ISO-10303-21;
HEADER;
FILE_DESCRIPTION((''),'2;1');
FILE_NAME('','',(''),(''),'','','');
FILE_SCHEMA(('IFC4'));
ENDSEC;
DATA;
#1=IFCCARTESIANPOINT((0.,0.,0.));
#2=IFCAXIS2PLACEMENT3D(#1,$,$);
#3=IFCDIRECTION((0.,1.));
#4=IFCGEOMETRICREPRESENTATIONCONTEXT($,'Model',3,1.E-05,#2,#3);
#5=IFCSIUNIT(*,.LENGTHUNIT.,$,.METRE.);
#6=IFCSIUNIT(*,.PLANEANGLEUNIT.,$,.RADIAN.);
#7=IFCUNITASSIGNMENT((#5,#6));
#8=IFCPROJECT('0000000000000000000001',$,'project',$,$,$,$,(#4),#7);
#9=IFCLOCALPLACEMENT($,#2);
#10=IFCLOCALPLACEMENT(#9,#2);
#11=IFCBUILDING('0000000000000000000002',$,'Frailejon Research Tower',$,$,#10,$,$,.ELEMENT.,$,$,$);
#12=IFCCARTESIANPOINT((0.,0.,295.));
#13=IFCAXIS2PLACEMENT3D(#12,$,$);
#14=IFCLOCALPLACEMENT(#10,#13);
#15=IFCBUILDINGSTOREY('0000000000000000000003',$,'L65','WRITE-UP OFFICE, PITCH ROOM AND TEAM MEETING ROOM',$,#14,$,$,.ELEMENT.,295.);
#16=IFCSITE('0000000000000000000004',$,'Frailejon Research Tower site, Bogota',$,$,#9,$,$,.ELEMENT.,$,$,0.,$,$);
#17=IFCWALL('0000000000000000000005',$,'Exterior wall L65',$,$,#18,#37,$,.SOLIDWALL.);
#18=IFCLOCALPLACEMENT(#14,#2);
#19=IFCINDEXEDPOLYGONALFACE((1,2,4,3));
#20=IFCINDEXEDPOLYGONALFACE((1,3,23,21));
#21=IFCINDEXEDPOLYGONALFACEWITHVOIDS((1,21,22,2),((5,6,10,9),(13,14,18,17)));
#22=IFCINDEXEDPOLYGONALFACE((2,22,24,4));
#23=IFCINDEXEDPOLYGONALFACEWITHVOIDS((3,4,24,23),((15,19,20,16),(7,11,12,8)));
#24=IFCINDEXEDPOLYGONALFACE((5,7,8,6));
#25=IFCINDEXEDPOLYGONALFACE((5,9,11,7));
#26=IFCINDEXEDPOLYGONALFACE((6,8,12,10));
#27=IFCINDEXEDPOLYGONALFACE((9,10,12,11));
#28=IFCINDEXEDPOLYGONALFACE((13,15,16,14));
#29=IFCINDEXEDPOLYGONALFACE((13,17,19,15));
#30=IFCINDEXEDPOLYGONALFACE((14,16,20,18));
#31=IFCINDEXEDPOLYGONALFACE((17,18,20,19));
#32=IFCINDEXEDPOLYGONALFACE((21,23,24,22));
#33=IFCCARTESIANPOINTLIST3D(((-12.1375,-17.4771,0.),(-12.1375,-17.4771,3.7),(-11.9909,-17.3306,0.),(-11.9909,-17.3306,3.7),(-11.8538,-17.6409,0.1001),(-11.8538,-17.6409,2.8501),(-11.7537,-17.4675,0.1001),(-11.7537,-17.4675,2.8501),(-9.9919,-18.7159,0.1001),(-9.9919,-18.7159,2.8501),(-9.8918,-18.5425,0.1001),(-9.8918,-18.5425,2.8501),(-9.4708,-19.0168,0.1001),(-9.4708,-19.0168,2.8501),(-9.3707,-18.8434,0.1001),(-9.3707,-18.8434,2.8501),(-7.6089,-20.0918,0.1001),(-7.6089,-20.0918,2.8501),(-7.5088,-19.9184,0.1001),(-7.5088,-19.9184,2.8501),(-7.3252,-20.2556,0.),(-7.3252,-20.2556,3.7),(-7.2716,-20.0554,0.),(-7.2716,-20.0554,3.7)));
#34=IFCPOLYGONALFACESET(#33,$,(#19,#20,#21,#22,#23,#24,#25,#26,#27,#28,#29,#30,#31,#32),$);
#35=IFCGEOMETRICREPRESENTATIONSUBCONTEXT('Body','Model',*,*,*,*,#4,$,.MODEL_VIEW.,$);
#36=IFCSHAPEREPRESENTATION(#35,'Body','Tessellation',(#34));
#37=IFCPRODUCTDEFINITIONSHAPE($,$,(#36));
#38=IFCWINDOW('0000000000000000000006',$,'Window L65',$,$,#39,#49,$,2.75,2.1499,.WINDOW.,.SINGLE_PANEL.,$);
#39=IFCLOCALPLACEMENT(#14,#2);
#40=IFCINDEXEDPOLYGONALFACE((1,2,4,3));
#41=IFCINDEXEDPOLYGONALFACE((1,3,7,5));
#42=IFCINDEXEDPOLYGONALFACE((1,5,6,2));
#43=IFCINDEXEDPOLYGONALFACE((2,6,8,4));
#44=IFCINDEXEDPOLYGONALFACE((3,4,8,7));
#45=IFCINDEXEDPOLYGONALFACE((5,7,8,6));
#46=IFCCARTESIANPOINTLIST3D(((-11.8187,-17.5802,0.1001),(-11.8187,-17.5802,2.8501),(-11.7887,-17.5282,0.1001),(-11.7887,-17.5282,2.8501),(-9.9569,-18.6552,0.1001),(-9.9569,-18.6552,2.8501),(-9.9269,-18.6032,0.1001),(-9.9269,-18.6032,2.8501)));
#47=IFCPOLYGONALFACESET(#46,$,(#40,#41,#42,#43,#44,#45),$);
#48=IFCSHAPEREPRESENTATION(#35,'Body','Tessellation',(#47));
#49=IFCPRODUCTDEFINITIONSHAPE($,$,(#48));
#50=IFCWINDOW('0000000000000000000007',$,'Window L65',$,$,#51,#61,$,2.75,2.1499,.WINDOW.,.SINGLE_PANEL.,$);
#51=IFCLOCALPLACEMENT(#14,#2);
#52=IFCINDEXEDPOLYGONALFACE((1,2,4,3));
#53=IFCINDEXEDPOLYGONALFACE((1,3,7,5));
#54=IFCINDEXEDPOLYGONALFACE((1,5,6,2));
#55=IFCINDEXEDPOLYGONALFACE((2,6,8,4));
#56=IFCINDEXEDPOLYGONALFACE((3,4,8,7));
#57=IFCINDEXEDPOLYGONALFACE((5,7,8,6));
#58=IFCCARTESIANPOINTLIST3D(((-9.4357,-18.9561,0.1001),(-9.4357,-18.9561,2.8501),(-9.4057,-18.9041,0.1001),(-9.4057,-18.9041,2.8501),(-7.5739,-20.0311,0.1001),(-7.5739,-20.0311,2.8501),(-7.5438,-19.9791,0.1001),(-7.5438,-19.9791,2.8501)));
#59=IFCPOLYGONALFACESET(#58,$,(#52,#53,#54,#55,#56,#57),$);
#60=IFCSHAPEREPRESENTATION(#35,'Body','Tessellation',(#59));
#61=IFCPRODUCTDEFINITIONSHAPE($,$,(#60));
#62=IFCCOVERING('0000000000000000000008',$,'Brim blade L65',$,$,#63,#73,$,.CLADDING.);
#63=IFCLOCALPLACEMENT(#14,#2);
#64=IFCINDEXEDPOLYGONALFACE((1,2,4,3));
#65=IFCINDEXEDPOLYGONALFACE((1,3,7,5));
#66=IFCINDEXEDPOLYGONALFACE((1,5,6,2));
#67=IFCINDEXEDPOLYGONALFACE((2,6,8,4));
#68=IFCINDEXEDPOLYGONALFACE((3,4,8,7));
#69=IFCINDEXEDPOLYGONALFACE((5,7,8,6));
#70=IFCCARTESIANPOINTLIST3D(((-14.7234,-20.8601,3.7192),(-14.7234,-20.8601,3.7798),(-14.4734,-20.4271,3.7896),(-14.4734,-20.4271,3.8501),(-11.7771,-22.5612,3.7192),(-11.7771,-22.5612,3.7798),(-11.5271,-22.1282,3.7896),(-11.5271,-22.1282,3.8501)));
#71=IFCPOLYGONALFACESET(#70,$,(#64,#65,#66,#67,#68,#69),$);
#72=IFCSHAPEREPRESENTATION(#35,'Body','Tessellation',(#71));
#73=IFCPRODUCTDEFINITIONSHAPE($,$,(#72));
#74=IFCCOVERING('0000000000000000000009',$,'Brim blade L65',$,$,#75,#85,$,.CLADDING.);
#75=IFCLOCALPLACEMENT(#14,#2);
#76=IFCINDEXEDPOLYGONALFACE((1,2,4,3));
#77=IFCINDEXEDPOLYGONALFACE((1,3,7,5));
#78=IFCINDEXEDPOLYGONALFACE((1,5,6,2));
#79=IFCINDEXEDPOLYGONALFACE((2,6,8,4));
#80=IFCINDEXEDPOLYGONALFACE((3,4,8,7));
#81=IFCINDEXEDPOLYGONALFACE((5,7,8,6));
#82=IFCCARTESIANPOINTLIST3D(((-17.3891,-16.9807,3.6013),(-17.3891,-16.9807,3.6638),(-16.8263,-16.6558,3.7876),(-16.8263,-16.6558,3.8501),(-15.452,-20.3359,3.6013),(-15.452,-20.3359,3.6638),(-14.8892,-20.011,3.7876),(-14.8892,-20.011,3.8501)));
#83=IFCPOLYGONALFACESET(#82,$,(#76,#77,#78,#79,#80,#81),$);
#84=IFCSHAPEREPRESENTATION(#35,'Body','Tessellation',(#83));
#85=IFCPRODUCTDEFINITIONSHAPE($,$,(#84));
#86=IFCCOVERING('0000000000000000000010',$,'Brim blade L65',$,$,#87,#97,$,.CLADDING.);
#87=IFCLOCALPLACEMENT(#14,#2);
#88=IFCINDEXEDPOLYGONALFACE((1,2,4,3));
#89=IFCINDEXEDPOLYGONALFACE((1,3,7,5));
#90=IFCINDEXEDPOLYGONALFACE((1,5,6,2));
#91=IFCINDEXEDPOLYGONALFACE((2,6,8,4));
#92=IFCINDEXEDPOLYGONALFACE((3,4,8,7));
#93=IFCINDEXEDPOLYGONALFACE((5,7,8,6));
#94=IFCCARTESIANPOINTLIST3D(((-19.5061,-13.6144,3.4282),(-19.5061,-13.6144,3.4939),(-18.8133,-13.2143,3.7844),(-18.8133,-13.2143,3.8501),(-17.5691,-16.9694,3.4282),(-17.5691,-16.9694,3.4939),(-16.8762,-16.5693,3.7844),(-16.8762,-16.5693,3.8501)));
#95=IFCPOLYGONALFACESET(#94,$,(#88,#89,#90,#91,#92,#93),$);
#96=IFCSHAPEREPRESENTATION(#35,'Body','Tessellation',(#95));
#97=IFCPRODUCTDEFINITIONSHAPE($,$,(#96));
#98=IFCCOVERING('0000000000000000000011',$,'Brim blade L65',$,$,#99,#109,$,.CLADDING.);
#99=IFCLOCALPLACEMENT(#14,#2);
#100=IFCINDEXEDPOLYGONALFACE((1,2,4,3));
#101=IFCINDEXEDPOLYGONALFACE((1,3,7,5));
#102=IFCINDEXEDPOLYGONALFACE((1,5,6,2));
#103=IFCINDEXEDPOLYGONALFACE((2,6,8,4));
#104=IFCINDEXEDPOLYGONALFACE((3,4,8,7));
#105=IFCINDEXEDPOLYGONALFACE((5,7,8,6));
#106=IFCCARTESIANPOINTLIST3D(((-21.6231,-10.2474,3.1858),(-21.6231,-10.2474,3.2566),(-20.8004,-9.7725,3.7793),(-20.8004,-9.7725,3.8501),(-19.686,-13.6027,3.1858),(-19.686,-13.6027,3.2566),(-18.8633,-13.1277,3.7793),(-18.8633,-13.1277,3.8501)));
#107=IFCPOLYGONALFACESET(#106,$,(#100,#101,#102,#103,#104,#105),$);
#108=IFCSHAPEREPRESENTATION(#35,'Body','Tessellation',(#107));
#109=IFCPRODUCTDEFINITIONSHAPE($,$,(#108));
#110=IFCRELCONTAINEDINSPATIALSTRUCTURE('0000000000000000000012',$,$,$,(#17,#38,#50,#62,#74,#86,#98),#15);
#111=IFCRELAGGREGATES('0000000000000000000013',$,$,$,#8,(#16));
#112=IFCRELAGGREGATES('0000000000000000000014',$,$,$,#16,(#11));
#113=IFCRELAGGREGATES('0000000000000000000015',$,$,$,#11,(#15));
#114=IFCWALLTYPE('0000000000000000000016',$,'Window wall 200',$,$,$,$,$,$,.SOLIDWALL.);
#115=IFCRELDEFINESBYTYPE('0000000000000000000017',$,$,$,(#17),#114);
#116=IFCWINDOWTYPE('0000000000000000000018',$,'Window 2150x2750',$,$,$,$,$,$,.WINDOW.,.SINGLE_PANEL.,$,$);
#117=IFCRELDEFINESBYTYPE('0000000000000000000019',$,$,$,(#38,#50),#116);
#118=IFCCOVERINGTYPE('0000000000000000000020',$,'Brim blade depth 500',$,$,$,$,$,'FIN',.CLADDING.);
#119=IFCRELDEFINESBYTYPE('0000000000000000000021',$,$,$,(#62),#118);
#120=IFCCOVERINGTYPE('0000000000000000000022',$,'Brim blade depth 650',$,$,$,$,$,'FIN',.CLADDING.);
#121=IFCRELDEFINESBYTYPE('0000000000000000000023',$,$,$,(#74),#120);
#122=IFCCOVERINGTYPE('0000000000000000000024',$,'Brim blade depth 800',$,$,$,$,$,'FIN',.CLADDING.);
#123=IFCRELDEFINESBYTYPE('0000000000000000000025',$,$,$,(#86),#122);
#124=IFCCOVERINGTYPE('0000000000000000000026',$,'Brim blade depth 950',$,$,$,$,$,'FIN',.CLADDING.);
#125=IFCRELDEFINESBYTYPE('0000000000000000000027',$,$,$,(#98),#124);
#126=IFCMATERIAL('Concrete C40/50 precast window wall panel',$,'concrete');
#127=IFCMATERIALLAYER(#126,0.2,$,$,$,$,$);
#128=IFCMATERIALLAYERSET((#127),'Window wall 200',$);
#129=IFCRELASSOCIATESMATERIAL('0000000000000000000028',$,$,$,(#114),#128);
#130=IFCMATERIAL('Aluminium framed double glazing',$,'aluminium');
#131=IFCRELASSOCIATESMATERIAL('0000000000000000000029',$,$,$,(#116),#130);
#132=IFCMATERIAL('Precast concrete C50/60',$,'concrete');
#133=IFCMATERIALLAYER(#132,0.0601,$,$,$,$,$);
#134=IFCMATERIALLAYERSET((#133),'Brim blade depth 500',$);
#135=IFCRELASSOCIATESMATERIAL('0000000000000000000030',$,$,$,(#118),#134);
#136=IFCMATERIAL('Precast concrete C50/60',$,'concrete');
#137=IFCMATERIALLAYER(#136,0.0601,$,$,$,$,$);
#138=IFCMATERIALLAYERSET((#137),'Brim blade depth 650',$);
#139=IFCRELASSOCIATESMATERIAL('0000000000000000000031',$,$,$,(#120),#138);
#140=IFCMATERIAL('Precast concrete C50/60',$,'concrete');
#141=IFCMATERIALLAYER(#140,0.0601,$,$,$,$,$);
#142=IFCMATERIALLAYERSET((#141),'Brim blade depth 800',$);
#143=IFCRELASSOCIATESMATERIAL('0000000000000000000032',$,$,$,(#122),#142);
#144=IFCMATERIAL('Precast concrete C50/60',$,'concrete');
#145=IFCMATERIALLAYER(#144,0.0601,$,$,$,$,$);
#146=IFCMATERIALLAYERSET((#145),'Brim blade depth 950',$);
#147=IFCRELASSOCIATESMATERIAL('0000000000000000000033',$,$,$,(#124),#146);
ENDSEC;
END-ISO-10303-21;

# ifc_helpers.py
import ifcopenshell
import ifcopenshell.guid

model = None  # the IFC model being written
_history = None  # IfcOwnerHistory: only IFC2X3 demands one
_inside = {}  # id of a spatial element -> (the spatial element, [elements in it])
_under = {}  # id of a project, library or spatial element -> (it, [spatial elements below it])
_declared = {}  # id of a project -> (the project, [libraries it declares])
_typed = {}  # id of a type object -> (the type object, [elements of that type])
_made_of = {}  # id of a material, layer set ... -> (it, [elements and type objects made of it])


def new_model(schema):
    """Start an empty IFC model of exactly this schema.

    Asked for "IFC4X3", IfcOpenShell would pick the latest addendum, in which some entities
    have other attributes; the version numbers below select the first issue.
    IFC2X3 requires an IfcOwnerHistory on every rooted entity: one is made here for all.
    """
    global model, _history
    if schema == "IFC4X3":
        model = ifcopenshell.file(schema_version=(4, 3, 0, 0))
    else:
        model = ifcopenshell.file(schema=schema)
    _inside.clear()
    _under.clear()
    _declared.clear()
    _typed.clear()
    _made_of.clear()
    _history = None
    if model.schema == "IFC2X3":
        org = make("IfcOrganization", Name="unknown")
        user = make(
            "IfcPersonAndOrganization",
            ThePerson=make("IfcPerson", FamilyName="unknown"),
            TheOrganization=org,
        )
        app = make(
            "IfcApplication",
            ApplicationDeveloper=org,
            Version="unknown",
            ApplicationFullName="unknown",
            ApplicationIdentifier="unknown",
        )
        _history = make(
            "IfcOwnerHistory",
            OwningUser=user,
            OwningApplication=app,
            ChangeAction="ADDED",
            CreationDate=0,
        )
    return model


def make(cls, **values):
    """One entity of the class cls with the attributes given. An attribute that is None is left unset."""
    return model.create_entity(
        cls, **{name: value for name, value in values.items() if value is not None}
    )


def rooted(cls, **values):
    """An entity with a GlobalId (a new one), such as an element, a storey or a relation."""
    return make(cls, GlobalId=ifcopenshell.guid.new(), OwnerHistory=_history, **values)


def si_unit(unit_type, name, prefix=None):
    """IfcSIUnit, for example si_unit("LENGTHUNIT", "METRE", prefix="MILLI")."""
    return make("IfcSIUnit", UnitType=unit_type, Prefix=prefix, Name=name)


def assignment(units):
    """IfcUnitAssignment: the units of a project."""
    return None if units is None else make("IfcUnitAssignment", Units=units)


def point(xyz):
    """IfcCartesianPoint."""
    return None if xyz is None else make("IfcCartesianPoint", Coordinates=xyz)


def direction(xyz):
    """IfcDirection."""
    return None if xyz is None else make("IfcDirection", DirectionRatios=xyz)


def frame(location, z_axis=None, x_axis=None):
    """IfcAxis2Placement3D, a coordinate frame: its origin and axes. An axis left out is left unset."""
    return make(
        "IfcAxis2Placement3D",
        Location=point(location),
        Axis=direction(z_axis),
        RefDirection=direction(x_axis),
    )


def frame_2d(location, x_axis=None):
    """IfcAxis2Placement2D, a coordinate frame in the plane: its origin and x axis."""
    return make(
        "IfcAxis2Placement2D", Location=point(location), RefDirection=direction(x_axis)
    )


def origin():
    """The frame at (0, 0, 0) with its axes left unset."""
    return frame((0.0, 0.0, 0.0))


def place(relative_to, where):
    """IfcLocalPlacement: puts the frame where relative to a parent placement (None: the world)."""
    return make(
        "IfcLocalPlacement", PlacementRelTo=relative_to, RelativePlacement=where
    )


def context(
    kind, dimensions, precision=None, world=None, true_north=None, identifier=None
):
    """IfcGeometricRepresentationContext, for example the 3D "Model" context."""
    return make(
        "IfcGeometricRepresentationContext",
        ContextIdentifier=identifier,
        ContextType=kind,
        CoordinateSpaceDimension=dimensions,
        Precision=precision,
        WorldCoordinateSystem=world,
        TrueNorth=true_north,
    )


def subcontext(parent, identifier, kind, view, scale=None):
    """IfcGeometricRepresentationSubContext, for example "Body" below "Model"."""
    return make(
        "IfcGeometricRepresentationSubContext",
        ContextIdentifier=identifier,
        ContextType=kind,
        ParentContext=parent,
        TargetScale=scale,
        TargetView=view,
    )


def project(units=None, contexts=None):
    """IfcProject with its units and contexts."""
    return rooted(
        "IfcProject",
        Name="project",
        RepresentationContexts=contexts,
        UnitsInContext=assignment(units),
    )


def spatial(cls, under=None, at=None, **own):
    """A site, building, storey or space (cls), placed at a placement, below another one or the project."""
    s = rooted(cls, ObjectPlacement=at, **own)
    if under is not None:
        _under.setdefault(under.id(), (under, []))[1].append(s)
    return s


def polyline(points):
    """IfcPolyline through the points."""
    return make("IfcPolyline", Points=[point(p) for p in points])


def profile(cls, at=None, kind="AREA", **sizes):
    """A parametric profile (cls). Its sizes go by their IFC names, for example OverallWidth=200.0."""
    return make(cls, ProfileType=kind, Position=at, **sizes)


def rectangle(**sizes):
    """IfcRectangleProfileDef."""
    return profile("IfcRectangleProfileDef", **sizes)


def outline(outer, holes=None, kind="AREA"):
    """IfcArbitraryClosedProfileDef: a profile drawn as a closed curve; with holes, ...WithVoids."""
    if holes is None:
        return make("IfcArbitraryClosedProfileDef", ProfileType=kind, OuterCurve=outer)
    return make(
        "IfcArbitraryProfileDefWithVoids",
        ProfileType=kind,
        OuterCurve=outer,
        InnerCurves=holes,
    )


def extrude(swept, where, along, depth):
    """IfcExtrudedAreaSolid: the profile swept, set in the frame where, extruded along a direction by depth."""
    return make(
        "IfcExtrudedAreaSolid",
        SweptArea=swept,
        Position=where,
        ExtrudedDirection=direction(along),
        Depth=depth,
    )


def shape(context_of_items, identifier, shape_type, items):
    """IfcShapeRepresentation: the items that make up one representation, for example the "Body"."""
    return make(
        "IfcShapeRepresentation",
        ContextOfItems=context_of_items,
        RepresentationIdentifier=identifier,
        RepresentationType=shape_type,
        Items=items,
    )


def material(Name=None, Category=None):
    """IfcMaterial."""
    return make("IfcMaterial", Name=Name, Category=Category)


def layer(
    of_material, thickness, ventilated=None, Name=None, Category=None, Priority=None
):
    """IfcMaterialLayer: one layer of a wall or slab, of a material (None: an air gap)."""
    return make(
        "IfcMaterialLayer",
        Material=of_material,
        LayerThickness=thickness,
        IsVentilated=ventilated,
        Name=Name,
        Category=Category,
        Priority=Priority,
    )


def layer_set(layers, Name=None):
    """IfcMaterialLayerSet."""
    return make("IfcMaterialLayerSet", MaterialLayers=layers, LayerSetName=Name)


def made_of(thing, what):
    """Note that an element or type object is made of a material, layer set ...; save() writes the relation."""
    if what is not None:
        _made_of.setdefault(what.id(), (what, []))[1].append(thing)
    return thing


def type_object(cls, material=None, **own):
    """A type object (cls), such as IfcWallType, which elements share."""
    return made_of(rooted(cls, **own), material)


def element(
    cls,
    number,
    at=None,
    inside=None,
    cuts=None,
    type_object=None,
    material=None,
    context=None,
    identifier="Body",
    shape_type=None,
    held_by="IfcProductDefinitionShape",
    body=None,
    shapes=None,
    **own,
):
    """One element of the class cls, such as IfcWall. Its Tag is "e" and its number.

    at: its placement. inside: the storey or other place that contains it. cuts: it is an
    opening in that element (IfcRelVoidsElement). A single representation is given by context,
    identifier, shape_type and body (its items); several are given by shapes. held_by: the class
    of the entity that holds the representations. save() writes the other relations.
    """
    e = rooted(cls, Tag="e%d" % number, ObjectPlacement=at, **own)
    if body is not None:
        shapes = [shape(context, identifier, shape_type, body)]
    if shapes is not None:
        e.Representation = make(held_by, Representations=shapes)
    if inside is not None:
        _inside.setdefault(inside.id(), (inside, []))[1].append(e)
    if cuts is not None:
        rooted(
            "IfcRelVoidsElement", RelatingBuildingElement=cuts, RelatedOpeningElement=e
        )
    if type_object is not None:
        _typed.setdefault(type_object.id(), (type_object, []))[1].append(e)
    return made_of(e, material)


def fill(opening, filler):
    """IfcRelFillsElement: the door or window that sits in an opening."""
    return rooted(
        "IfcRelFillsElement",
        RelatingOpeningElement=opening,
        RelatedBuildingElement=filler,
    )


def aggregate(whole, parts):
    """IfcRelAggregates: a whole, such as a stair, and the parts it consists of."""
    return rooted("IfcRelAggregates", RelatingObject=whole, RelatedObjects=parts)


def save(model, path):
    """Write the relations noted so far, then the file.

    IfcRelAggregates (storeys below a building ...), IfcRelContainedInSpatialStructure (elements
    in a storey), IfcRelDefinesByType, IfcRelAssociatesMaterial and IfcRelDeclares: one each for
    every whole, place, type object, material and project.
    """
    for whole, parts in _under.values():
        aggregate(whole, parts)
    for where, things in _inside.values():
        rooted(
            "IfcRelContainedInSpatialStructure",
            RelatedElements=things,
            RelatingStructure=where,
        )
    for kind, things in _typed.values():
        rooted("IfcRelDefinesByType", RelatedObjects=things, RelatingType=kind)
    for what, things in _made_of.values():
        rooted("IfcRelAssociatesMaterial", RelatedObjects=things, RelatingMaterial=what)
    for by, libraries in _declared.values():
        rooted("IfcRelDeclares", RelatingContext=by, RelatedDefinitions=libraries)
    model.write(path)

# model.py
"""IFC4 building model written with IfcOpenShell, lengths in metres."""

from ifc_helpers import new_model, si_unit, direction, frame, frame_2d, origin, place, context, subcontext, project, spatial, polyline, rectangle, outline, extrude, material, layer, layer_set, type_object, element, fill, save


model = new_model("IFC4")

# Units and contexts
model_context = context("Model", 3, precision=1e-05, world=origin(), true_north=direction((0.0, 1.0)))
body_context = subcontext(model_context, "Body", "Model", "MODEL_VIEW")
ifc_project = project(units=[si_unit("LENGTHUNIT", "METRE"), si_unit("PLANEANGLEUNIT", "RADIAN")], contexts=[model_context])

# Site, building, storey
site_placement = place(None, origin())
site = spatial("IfcSite", under=ifc_project, at=site_placement, Name="Frailejon Research Tower site, Bogota", CompositionType="ELEMENT", RefElevation=0.0)
building_placement = place(site_placement, origin())
building = spatial("IfcBuilding", under=site, at=building_placement, Name="Frailejon Research Tower", CompositionType="ELEMENT")
storey_placement = place(building_placement, frame((0.0, 0.0, 295.0)))
storey = spatial("IfcBuildingStorey", under=building, at=storey_placement, Name="L65", Description="WRITE-UP OFFICE, PITCH ROOM AND TEAM MEETING ROOM", CompositionType="ELEMENT", Elevation=295.0)

# Wall, openings, windows
ifc_material_1 = material(Name="Concrete C40/50 precast window wall panel", Category="concrete")
ifc_layer_1 = layer(ifc_material_1, 0.2)
ifc_layer_set_1 = layer_set([ifc_layer_1], Name="Window wall 200")
wall_type_1 = type_object("IfcWallType", Name="Window wall 200", PredefinedType="SOLIDWALL", material=ifc_layer_set_1)
wall_1_placement = place(storey_placement, frame((-12.0642, -17.4038, 0.0), z_axis=(0.0, 0.0, 1.0), x_axis=(0.866015, -0.500018, 0.0)))
wall_1 = element("IfcWall", 1, at=wall_1_placement, inside=storey, type_object=wall_type_1, Name="Exterior wall L65", PredefinedType="SOLIDWALL", context=body_context, shape_type="SweptSolid", body=[
    extrude(outline(polyline([(-0.0269, -0.1001), (1.0845, -0.1001), (2.1958, -0.1001), (3.3074, -0.1001), (4.4187, -0.1001), (5.53, -0.1001), (5.4763, 0.1001), (4.3865, 0.1001), (3.2966, 0.1001), (2.2065, 0.1001), (1.1167, 0.1001), (0.0269, 0.1001), (-0.0269, -0.1001)])), origin(), (0.0, 0.0, 1.0), 3.7),
])
opening_1_placement = place(wall_1_placement, frame((0.3008, 0.0, 0.1001)))
opening_1 = element("IfcOpeningElement", 2, at=opening_1_placement, cuts=wall_1, PredefinedType="OPENING", context=body_context, shape_type="SweptSolid", body=[
    extrude(rectangle(XDim=2.1499, YDim=2.75, at=frame_2d((1.075, 1.375))), frame((0.0, 0.1099, 0.0), z_axis=(0.0, -1.0, 0.0), x_axis=(1.0, 0.0, 0.0)), (0.0, 0.0, 1.0), 0.22),
])
opening_2_placement = place(wall_1_placement, frame((3.0525, 0.0, 0.1001)))
opening_2 = element("IfcOpeningElement", 3, at=opening_2_placement, cuts=wall_1, PredefinedType="OPENING", context=body_context, shape_type="SweptSolid", body=[
    extrude(rectangle(XDim=2.1499, YDim=2.75, at=frame_2d((1.075, 1.375))), frame((0.0, 0.1099, 0.0), z_axis=(0.0, -1.0, 0.0), x_axis=(1.0, 0.0, 0.0)), (0.0, 0.0, 1.0), 0.22),
])
ifc_material_2 = material(Name="Aluminium framed double glazing", Category="aluminium")
window_type = type_object("IfcWindowType", Name="Window 2150x2750", PartitioningType="SINGLE_PANEL", PredefinedType="WINDOW", material=ifc_material_2)
window_1_placement = place(opening_1_placement, origin())
window_1 = element("IfcWindow", 4, at=window_1_placement, inside=storey, type_object=window_type, Name="Window L65", OverallHeight=2.75, OverallWidth=2.1499, PartitioningType="SINGLE_PANEL", PredefinedType="WINDOW", context=body_context, shape_type="SweptSolid", body=[
    extrude(rectangle(XDim=2.1499, YDim=2.75, at=frame_2d((1.075, 1.375))), frame((0.0, 0.03, 0.0), z_axis=(0.0, -1.0, 0.0), x_axis=(1.0, 0.0, 0.0)), (0.0, 0.0, 1.0), 0.0601),
])
fill(opening_1, window_1)
window_2_placement = place(opening_2_placement, origin())
window_2 = element("IfcWindow", 5, at=window_2_placement, inside=storey, type_object=window_type, Name="Window L65", OverallHeight=2.75, OverallWidth=2.1499, PartitioningType="SINGLE_PANEL", PredefinedType="WINDOW", context=body_context, shape_type="SweptSolid", body=[
    extrude(rectangle(XDim=2.1499, YDim=2.75, at=frame_2d((1.075, 1.375))), frame((0.0, 0.03, 0.0), z_axis=(0.0, -1.0, 0.0), x_axis=(1.0, 0.0, 0.0)), (0.0, 0.0, 1.0), 0.0601),
])
fill(opening_2, window_2)

# Coverings
ifc_material_3 = material(Name="Precast concrete C50/60", Category="concrete")
ifc_layer_2 = layer(ifc_material_3, 0.0601)
ifc_layer_set_2 = layer_set([ifc_layer_2], Name="Brim blade depth 500")
covering_type_1 = type_object("IfcCoveringType", Name="Brim blade depth 500", ElementType="FIN", PredefinedType="CLADDING", material=ifc_layer_set_2)
covering_1_placement = place(storey_placement, frame((-11.5271, -22.1282, 3.8501), z_axis=(-0.866024, 0.500003, 0.0), x_axis=(-0.500003, -0.866024, 0.0)))
element("IfcCovering", 6, at=covering_1_placement, inside=storey, type_object=covering_type_1, Name="Brim blade L65", PredefinedType="CLADDING", context=body_context, shape_type="SweptSolid", body=[
    extrude(outline(polyline([(0.0, -0.0605), (0.5, -0.1309), (0.5, -0.0703), (0.0, 0.0), (0.0, -0.0605)])), origin(), (0.0, 0.0, 1.0), 3.4021),
])
ifc_material_4 = material(Name="Precast concrete C50/60", Category="concrete")
ifc_layer_3 = layer(ifc_material_4, 0.0601)
ifc_layer_set_3 = layer_set([ifc_layer_3], Name="Brim blade depth 650")
covering_type_2 = type_object("IfcCoveringType", Name="Brim blade depth 650", ElementType="FIN", PredefinedType="CLADDING", material=ifc_layer_set_3)
covering_2_placement = place(storey_placement, frame((-14.8892, -20.011, 3.8501), z_axis=(-0.499995, 0.866028, 0.0), x_axis=(-0.866028, -0.499995, 0.0)))
element("IfcCovering", 7, at=covering_2_placement, inside=storey, type_object=covering_type_2, Name="Brim blade L65", PredefinedType="CLADDING", context=body_context, shape_type="SweptSolid", body=[
    extrude(outline(polyline([(0.0, -0.0625), (0.6499, -0.2488), (0.6499, -0.1863), (0.0, 0.0), (0.0, -0.0625)])), origin(), (0.0, 0.0, 1.0), 3.8743),
])
ifc_material_5 = material(Name="Precast concrete C50/60", Category="concrete")
ifc_layer_4 = layer(ifc_material_5, 0.0601)
ifc_layer_set_4 = layer_set([ifc_layer_4], Name="Brim blade depth 800")
covering_type_3 = type_object("IfcCoveringType", Name="Brim blade depth 800", ElementType="FIN", PredefinedType="CLADDING", material=ifc_layer_set_4)
covering_3_placement = place(storey_placement, frame((-16.8762, -16.5693, 3.8501), z_axis=(-0.500006, 0.866022, 0.0), x_axis=(-0.866022, -0.500006, 0.0)))
element("IfcCovering", 8, at=covering_3_placement, inside=storey, type_object=covering_type_3, Name="Brim blade L65", PredefinedType="CLADDING", context=body_context, shape_type="SweptSolid", body=[
    extrude(outline(polyline([(0.0, -0.0657), (0.8, -0.4219), (0.8, -0.3562), (0.0, 0.0), (0.0, -0.0657)])), origin(), (0.0, 0.0, 1.0), 3.874),
])
ifc_material_6 = material(Name="Precast concrete C50/60", Category="concrete")
ifc_layer_5 = layer(ifc_material_6, 0.0601)
ifc_layer_set_5 = layer_set([ifc_layer_5], Name="Brim blade depth 950")
covering_type_4 = type_object("IfcCoveringType", Name="Brim blade depth 950", ElementType="FIN", PredefinedType="CLADDING", material=ifc_layer_set_5)
covering_4_placement = place(storey_placement, frame((-18.8633, -13.1277, 3.8501), z_axis=(-0.499995, 0.866028, 0.0), x_axis=(-0.866028, -0.499995, 0.0)))
element("IfcCovering", 9, at=covering_4_placement, inside=storey, type_object=covering_type_4, Name="Brim blade L65", PredefinedType="CLADDING", context=body_context, shape_type="SweptSolid", body=[
    extrude(outline(polyline([(0.0, -0.0708), (0.95, -0.6643), (0.95, -0.5935), (0.0, 0.0), (0.0, -0.0708)])), origin(), (0.0, 0.0, 1.0), 3.8743),
])

save(model, "model.ifc")
